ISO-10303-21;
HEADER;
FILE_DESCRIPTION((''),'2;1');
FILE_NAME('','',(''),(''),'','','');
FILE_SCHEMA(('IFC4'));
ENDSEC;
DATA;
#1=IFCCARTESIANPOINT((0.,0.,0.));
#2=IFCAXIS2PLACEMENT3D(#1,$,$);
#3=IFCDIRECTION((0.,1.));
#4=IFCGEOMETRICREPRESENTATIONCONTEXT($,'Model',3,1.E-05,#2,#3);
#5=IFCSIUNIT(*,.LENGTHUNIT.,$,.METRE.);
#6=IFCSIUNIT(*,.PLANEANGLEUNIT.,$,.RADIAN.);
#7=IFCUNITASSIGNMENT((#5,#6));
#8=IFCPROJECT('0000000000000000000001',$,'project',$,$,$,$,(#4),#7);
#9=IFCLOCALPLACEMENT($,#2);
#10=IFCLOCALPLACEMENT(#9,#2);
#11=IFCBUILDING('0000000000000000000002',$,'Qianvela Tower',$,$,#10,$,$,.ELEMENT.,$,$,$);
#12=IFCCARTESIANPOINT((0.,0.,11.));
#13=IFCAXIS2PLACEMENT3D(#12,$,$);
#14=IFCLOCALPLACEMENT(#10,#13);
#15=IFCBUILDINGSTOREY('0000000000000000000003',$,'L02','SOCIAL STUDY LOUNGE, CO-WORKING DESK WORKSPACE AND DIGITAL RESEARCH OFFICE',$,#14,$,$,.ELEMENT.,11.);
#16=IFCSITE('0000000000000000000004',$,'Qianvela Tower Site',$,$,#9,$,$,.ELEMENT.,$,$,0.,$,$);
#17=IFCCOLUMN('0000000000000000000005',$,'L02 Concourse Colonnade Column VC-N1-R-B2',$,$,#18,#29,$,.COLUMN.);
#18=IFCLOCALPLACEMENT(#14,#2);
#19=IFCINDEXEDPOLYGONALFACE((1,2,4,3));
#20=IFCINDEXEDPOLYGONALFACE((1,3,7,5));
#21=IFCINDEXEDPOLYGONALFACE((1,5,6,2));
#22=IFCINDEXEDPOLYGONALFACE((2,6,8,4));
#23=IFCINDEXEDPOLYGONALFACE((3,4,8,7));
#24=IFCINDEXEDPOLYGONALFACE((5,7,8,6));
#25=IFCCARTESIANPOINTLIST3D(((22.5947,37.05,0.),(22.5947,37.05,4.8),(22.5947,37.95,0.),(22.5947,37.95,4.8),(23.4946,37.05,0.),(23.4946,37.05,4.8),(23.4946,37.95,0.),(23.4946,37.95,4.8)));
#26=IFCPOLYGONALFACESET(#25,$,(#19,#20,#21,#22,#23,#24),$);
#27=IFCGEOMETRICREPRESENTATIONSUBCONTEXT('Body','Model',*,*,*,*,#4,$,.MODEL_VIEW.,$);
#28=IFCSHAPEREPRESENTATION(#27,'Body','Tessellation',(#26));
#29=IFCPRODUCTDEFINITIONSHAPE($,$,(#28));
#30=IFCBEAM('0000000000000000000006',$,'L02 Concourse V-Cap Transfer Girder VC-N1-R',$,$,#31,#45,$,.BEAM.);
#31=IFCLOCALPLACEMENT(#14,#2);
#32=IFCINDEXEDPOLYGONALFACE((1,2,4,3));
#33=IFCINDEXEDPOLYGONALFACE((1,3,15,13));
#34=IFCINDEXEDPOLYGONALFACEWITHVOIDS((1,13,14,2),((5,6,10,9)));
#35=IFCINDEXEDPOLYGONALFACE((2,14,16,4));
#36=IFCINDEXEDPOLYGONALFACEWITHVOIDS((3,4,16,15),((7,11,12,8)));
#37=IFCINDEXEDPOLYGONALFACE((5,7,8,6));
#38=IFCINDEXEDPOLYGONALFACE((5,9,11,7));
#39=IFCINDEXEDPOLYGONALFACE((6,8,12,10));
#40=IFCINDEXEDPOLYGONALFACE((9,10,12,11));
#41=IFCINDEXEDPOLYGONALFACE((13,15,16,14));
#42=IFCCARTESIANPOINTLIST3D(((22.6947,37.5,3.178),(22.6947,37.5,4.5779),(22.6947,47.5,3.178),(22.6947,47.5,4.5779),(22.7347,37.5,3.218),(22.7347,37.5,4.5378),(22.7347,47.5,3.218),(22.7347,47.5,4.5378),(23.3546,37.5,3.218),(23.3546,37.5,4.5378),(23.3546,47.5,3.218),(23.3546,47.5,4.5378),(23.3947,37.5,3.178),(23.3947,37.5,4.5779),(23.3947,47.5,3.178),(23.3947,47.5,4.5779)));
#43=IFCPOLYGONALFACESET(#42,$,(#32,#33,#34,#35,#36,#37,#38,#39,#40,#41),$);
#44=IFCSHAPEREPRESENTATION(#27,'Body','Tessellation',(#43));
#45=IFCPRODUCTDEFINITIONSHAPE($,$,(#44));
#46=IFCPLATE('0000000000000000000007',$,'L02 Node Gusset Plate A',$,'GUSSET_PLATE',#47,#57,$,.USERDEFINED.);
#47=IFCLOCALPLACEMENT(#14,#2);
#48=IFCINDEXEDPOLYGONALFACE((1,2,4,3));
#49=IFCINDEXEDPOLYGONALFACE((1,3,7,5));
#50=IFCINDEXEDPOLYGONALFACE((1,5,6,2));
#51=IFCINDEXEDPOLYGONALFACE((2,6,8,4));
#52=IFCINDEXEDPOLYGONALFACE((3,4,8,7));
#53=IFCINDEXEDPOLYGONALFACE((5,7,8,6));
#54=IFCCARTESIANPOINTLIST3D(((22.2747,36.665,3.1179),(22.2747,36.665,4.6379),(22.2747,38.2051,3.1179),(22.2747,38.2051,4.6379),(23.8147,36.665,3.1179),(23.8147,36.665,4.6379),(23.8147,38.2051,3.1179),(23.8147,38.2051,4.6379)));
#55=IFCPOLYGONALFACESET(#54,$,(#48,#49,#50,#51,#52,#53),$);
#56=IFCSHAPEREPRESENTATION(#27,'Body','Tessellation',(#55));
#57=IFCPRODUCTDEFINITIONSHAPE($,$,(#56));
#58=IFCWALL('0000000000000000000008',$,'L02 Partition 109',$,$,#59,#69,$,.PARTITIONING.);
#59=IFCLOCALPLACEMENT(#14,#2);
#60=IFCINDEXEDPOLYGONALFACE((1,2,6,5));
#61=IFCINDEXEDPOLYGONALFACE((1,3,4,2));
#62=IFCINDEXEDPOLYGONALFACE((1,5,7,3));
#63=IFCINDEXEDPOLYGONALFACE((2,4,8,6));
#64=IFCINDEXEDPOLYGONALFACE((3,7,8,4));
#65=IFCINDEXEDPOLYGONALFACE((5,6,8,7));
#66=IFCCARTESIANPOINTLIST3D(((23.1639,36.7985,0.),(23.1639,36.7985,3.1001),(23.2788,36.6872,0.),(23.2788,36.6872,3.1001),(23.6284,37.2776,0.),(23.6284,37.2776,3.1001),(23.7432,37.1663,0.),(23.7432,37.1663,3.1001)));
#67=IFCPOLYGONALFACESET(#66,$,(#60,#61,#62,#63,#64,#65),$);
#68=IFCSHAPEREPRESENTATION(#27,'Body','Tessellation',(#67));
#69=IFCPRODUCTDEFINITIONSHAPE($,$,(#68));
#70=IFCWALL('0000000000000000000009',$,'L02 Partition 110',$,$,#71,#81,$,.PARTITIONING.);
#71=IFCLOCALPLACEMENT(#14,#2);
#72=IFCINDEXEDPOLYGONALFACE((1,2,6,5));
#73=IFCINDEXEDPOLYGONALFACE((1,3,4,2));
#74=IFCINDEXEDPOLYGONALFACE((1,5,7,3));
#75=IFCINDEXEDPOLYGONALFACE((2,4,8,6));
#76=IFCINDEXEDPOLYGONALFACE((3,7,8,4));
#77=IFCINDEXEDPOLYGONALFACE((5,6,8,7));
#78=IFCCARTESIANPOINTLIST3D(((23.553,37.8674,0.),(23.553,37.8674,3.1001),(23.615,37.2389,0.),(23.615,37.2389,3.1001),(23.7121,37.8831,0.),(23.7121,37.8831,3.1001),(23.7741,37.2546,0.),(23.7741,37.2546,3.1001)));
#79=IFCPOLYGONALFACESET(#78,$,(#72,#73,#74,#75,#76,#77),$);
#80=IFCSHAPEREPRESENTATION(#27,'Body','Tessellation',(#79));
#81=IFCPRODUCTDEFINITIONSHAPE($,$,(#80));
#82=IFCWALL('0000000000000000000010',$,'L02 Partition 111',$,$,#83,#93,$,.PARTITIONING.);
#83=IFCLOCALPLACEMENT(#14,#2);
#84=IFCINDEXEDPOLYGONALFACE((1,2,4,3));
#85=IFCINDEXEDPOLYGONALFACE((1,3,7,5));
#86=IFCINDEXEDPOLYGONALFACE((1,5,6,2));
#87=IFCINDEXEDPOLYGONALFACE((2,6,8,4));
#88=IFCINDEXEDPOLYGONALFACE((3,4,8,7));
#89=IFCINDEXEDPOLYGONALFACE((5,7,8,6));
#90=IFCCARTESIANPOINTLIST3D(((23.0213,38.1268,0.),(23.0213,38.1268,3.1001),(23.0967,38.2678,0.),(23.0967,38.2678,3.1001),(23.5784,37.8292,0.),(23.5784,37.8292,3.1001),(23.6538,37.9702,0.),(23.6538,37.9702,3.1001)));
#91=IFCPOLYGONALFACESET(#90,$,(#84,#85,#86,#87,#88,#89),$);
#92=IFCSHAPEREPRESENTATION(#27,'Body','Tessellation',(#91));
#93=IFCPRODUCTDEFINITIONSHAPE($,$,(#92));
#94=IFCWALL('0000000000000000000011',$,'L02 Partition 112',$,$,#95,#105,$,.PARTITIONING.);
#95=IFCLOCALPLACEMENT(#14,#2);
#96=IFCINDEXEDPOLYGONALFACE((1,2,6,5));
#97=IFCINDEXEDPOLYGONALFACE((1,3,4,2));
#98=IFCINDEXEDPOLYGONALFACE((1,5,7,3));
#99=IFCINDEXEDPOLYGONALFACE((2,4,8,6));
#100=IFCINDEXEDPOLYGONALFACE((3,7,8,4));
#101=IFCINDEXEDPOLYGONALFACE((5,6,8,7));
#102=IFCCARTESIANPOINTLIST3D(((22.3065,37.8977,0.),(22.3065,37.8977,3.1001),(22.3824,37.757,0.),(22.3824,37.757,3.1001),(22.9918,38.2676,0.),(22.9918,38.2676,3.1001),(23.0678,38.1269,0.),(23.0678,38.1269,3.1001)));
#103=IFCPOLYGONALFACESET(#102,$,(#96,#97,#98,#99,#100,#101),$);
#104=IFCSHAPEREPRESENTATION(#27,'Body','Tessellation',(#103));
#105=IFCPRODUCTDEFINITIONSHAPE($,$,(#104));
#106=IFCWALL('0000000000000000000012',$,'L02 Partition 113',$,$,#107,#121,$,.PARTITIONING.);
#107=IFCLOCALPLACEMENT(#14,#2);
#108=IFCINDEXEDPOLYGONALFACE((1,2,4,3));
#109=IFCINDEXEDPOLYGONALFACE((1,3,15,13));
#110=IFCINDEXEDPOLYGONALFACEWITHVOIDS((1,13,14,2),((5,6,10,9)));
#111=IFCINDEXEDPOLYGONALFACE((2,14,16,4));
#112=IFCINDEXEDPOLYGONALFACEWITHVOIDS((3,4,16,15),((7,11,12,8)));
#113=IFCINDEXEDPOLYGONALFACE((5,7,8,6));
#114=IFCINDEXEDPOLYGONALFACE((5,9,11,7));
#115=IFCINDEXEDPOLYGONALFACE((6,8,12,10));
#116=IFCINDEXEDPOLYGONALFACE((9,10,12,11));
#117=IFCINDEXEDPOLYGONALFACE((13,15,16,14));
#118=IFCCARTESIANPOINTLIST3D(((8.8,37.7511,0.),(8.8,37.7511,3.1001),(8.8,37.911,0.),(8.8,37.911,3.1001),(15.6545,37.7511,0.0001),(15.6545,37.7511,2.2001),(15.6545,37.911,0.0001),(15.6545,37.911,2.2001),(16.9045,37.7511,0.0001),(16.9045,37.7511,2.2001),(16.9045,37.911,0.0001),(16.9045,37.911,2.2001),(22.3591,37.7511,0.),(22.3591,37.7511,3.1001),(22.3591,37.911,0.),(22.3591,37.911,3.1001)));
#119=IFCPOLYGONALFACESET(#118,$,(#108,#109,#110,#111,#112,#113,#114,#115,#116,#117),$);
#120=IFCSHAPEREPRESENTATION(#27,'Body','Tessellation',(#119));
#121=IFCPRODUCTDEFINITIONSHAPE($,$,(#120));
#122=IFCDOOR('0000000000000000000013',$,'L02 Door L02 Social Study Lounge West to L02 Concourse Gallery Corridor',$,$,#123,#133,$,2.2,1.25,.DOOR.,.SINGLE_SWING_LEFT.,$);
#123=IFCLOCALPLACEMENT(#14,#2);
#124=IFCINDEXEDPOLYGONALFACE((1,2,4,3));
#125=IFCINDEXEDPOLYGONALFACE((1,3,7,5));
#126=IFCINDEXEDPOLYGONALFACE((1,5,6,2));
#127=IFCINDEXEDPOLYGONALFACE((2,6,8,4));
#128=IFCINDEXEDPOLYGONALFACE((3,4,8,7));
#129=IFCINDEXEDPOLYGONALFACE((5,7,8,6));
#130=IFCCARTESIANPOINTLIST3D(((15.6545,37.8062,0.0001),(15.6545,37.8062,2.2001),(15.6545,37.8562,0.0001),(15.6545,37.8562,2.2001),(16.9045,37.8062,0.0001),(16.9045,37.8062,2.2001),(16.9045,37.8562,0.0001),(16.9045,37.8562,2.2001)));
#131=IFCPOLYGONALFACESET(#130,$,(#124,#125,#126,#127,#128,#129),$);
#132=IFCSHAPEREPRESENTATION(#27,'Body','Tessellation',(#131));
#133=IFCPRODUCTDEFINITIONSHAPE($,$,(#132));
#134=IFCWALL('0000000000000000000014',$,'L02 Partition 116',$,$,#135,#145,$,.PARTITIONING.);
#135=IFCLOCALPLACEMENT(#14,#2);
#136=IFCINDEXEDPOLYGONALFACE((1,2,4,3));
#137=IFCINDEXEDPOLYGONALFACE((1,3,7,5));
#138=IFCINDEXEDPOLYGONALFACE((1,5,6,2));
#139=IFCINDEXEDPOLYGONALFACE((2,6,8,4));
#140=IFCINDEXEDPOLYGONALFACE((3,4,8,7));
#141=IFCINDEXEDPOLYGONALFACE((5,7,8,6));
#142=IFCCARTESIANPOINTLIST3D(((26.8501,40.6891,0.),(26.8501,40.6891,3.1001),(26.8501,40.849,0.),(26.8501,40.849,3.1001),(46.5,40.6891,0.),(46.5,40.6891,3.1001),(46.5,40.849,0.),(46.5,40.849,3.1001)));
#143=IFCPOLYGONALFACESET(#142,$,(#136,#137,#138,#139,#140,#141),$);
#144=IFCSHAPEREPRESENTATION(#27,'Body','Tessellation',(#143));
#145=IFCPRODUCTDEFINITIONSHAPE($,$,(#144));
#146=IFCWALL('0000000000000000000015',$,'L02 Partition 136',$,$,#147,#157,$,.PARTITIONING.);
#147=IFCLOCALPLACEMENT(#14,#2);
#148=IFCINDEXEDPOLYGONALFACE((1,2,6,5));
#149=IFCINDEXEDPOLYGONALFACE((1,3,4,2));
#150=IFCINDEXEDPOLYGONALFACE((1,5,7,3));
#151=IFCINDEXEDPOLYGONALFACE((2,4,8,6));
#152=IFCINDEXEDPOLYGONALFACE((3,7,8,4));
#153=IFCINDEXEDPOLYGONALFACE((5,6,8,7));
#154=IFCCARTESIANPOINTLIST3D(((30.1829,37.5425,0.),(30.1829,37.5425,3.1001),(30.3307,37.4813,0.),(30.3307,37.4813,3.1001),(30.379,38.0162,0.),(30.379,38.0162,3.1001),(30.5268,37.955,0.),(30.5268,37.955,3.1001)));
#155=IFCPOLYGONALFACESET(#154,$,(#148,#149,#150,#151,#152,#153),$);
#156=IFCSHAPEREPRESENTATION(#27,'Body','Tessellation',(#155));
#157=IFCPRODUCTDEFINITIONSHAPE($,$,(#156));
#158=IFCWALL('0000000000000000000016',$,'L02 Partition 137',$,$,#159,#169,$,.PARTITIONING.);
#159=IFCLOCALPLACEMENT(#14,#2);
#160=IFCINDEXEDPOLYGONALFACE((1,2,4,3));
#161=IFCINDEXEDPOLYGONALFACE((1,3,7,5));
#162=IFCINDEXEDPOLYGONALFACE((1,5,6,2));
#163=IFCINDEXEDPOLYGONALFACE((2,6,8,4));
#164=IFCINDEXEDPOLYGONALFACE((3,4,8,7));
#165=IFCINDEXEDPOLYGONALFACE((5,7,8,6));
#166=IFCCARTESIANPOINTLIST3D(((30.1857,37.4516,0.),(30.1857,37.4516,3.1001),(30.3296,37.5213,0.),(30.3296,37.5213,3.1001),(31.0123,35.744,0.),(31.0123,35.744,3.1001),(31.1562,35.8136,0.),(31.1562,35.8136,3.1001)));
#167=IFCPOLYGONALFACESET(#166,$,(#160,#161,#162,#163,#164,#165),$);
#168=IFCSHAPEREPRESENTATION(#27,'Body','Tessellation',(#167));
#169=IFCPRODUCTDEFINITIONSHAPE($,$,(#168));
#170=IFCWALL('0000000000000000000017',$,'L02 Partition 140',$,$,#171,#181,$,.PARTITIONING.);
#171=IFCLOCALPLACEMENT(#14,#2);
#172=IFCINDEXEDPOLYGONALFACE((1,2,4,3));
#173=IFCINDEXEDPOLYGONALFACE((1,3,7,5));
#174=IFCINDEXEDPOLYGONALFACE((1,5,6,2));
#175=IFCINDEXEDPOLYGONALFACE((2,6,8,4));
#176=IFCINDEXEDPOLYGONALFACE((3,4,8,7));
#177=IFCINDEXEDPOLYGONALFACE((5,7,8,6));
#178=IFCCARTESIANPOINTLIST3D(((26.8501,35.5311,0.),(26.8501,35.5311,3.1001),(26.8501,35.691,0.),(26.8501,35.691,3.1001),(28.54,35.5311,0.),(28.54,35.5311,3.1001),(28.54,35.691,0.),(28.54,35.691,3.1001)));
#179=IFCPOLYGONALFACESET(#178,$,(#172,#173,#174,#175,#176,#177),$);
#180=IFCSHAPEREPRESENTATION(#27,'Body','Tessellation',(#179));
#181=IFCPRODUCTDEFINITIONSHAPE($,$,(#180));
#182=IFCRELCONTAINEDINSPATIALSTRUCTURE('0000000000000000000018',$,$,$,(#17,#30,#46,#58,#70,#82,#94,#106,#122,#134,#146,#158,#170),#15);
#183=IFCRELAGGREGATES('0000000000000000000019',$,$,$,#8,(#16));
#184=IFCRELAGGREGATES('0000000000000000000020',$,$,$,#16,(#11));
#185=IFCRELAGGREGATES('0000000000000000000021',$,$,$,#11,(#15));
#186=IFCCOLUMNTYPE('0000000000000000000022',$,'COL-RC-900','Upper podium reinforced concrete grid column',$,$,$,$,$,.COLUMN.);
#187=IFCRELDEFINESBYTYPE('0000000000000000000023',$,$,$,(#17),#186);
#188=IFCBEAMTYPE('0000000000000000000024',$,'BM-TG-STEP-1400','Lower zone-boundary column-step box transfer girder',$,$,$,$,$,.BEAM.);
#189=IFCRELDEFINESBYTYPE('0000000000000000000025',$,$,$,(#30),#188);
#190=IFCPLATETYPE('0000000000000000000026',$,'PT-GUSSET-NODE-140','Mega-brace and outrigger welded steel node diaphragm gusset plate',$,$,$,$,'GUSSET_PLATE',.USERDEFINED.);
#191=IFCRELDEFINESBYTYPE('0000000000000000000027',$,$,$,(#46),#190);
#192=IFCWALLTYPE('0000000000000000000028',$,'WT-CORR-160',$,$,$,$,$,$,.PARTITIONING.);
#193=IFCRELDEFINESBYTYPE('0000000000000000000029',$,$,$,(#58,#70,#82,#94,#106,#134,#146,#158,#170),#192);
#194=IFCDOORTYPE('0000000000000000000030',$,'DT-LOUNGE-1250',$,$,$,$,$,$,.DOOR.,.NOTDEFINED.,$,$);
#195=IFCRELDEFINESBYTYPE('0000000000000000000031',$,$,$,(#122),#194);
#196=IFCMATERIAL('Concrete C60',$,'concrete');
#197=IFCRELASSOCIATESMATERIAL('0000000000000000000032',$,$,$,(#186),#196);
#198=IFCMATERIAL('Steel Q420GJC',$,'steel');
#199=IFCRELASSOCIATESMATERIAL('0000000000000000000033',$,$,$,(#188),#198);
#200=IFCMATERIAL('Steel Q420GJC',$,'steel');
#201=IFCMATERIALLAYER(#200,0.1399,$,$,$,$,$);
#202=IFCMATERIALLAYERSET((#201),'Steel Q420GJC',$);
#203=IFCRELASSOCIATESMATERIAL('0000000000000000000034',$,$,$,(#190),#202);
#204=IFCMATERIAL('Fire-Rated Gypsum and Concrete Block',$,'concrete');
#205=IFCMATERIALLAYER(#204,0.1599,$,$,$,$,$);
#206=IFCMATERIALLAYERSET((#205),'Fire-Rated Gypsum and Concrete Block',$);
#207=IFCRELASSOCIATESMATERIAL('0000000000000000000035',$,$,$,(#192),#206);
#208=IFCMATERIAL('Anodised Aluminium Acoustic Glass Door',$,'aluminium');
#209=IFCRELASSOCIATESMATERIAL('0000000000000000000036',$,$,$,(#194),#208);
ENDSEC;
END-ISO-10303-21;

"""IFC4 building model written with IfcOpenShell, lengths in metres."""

from ifc_helpers import new_model, si_unit, direction, frame, frame_2d, origin, origin_2d, place, context, subcontext, project, spatial, rectangle, hollow_rectangle, extrude, material, layer, layer_set, material_profile, profile_set, type_object, element, fill, save


model = new_model("IFC4")

# Units and contexts
model_context = context("Model", 3, precision=1e-05, world=origin(), true_north=direction((0.0, 1.0)))
body_context = subcontext(model_context, "Body", "Model", "MODEL_VIEW")
ifc_project = project(units=[si_unit("LENGTHUNIT", "METRE"), si_unit("PLANEANGLEUNIT", "RADIAN")], contexts=[model_context])

# Site, building, storey
site_placement = place(None, origin())
site = spatial("IfcSite", under=ifc_project, at=site_placement, Name="Qianvela Tower Site", CompositionType="ELEMENT", RefElevation=0.0)
building_placement = place(site_placement, origin())
building = spatial("IfcBuilding", under=site, at=building_placement, Name="Qianvela Tower", CompositionType="ELEMENT")
storey_placement = place(building_placement, frame((0.0, 0.0, 11.0)))
storey = spatial("IfcBuildingStorey", under=building, at=storey_placement, Name="L02", Description="SOCIAL STUDY LOUNGE, CO-WORKING DESK WORKSPACE AND DIGITAL RESEARCH OFFICE", CompositionType="ELEMENT", Elevation=11.0)

# Column
ifc_material_1 = material(Name="Concrete C60", Category="concrete")
ifc_material_profile_1 = material_profile(ifc_material_1, rectangle(XDim=0.8999, YDim=0.8999, at=origin_2d()), Name="RC-COL-900x900")
ifc_profile_set_1 = profile_set([ifc_material_profile_1], Name="Concrete C60")
column_type = type_object("IfcColumnType", Name="COL-RC-900", Description="Upper podium reinforced concrete grid column", PredefinedType="COLUMN", material=ifc_profile_set_1)
column_placement = place(storey_placement, frame((23.0447, 37.5, 0.0), z_axis=(0.0, 0.0, 1.0), x_axis=(1.0, 0.0, 0.0)))
element("IfcColumn", 1, at=column_placement, inside=storey, type_object=column_type, Name="L02 Concourse Colonnade Column VC-N1-R-B2", PredefinedType="COLUMN", context=body_context, shape_type="SweptSolid", body=[
    extrude(rectangle(XDim=0.8999, YDim=0.8999, at=origin_2d()), origin(), (0.0, 0.0, 1.0), 4.8),
])

# Beam
ifc_material_2 = material(Name="Steel Q420GJC", Category="steel")
ifc_material_profile_2 = material_profile(ifc_material_2, hollow_rectangle(XDim=0.7, YDim=1.3999, WallThickness=0.04, at=origin_2d()), Name="TG-BOX-1400x700x40")
ifc_profile_set_2 = profile_set([ifc_material_profile_2], Name="Steel Q420GJC")
beam_type = type_object("IfcBeamType", Name="BM-TG-STEP-1400", Description="Lower zone-boundary column-step box transfer girder", PredefinedType="BEAM", material=ifc_profile_set_2)
beam_placement = place(storey_placement, frame((23.0447, 37.5, 3.8779), z_axis=(0.0, 1.0, 0.0), x_axis=(-1.0, 0.0, 0.0)))
element("IfcBeam", 2, at=beam_placement, inside=storey, type_object=beam_type, Name="L02 Concourse V-Cap Transfer Girder VC-N1-R", PredefinedType="BEAM", context=body_context, shape_type="SweptSolid", body=[
    extrude(hollow_rectangle(XDim=0.7, YDim=1.3999, WallThickness=0.04, at=origin_2d()), origin(), (0.0, 0.0, 1.0), 10.0),
])

# Plate
ifc_material_3 = material(Name="Steel Q420GJC", Category="steel")
ifc_layer_1 = layer(ifc_material_3, 0.1399)
ifc_layer_set_1 = layer_set([ifc_layer_1], Name="Steel Q420GJC")
plate_type = type_object("IfcPlateType", Name="PT-GUSSET-NODE-140", Description="Mega-brace and outrigger welded steel node diaphragm gusset plate", ElementType="GUSSET_PLATE", PredefinedType="USERDEFINED", material=ifc_layer_set_1)
plate_placement = place(storey_placement, frame((23.0447, 37.4351, 3.1179), z_axis=(0.0, 0.0, 1.0), x_axis=(1.0, 0.0, 0.0)))
element("IfcPlate", 3, at=plate_placement, inside=storey, type_object=plate_type, Name="L02 Node Gusset Plate A", ObjectType="GUSSET_PLATE", PredefinedType="USERDEFINED", context=body_context, shape_type="SweptSolid", body=[
    extrude(rectangle(XDim=1.54, YDim=1.54, at=origin_2d()), origin(), (0.0, 0.0, 1.0), 1.52),
])

# Shared definitions
ifc_material_4 = material(Name="Fire-Rated Gypsum and Concrete Block", Category="concrete")
ifc_layer_2 = layer(ifc_material_4, 0.1599)
ifc_layer_set_2 = layer_set([ifc_layer_2], Name="Fire-Rated Gypsum and Concrete Block")
wall_type_1 = type_object("IfcWallType", Name="WT-CORR-160", PredefinedType="PARTITIONING", material=ifc_layer_set_2)

# Walls
wall_1_placement = place(storey_placement, frame((23.2214, 36.7429, 0.0), z_axis=(0.0, 0.0, 1.0), x_axis=(0.696043, 0.718, 0.0)))
element("IfcWall", 4, at=wall_1_placement, inside=storey, type_object=wall_type_1, Name="L02 Partition 109", PredefinedType="PARTITIONING", context=body_context, shape_type="SweptSolid", body=[
    extrude(rectangle(XDim=0.6672, YDim=0.1599, at=frame_2d((0.3335, 0.0))), origin(), (0.0, 0.0, 1.0), 3.1001),
])
for number, where, z_axis, x_axis, name in (
    (5, (23.6946, 37.2466, 0.0), (0.0, 0.0, 1.0), (-0.098164, 0.99517, 0.0), "L02 Partition 110"),
    (6, (23.6162, 37.8997, 0.0), (0.0, 0.0, 1.0), (-0.882042, 0.47117, 0.0), "L02 Partition 111"),
):
    element("IfcWall", number, at=place(storey_placement, frame(where, z_axis=z_axis, x_axis=x_axis)), inside=storey, type_object=wall_type_1, Name=name, PredefinedType="PARTITIONING", context=body_context, shape_type="SweptSolid", body=[
        extrude(rectangle(XDim=0.6316, YDim=0.1599, at=frame_2d((0.3159, 0.0))), origin(), (0.0, 0.0, 1.0), 3.1001),
    ])
wall_2_placement = place(storey_placement, frame((23.0298, 38.1973, 0.0), z_axis=(0.0, 0.0, 1.0), x_axis=(-0.880008, -0.47496, 0.0)))
element("IfcWall", 7, at=wall_2_placement, inside=storey, type_object=wall_type_1, Name="L02 Partition 112", PredefinedType="PARTITIONING", context=body_context, shape_type="SweptSolid", body=[
    extrude(rectangle(XDim=0.7788, YDim=0.1599, at=frame_2d((0.3894, 0.0))), origin(), (0.0, 0.0, 1.0), 3.1001),
])

# Wall, opening, door
wall_3_placement = place(storey_placement, frame((22.3591, 37.8311, 0.0), z_axis=(0.0, 0.0, 1.0), x_axis=(-1.0, 0.0, 0.0)))
wall_3 = element("IfcWall", 8, at=wall_3_placement, inside=storey, type_object=wall_type_1, Name="L02 Partition 113", PredefinedType="PARTITIONING", context=body_context, shape_type="SweptSolid", body=[
    extrude(rectangle(XDim=13.5591, YDim=0.1599, at=frame_2d((6.7795, 0.0))), origin(), (0.0, 0.0, 1.0), 3.1001),
])
opening_1_placement = place(wall_3_placement, frame((5.4546, 0.0, 0.0)))
opening_1 = element("IfcOpeningElement", 9, at=opening_1_placement, cuts=wall_3, PredefinedType="OPENING", context=body_context, shape_type="SweptSolid", body=[
    extrude(rectangle(XDim=1.25, YDim=2.2, at=frame_2d((0.625, 1.1001))), frame((0.0, 0.0898, 0.0), z_axis=(0.0, -1.0, 0.0), x_axis=(1.0, 0.0, 0.0)), (0.0, 0.0, 1.0), 0.1799),
])
ifc_material_5 = material(Name="Anodised Aluminium Acoustic Glass Door", Category="aluminium")
door_type_1 = type_object("IfcDoorType", Name="DT-LOUNGE-1250", OperationType="NOTDEFINED", PredefinedType="DOOR", material=ifc_material_5)
door_1_placement = place(opening_1_placement, origin())
door_1 = element("IfcDoor", 10, at=door_1_placement, inside=storey, type_object=door_type_1, Name="L02 Door L02 Social Study Lounge West to L02 Concourse Gallery Corridor", OperationType="SINGLE_SWING_LEFT", OverallHeight=2.2, OverallWidth=1.25, PredefinedType="DOOR", context=body_context, shape_type="SweptSolid", body=[
    extrude(rectangle(XDim=1.25, YDim=2.2, at=frame_2d((0.625, 1.1001))), frame((0.0, 0.0249, 0.0), z_axis=(0.0, -1.0, 0.0), x_axis=(1.0, 0.0, 0.0)), (0.0, 0.0, 1.0), 0.05),
])
fill(opening_1, door_1)

# Walls
wall_4_placement = place(storey_placement, frame((26.8501, 40.769, 0.0), z_axis=(0.0, 0.0, 1.0), x_axis=(1.0, 0.0, 0.0)))
element("IfcWall", 11, at=wall_4_placement, inside=storey, type_object=wall_type_1, Name="L02 Partition 116", PredefinedType="PARTITIONING", context=body_context, shape_type="SweptSolid", body=[
    extrude(rectangle(XDim=19.6499, YDim=0.1599, at=frame_2d((9.825, 0.0))), origin(), (0.0, 0.0, 1.0), 3.1001),
])
wall_5_placement = place(storey_placement, frame((30.4529, 37.9856, 0.0), z_axis=(0.0, 0.0, 1.0), x_axis=(-0.38245, -0.923976, 0.0)))
element("IfcWall", 12, at=wall_5_placement, inside=storey, type_object=wall_type_1, Name="L02 Partition 136", PredefinedType="PARTITIONING", context=body_context, shape_type="SweptSolid", body=[
    extrude(rectangle(XDim=0.5127, YDim=0.1599, at=frame_2d((0.2563, 0.0))), origin(), (0.0, 0.0, 1.0), 3.1001),
])
wall_6_placement = place(storey_placement, frame((30.2576, 37.4866, 0.0), z_axis=(0.0, 0.0, 1.0), x_axis=(0.435699, -0.900093, 0.0)))
element("IfcWall", 13, at=wall_6_placement, inside=storey, type_object=wall_type_1, Name="L02 Partition 137", PredefinedType="PARTITIONING", context=body_context, shape_type="SweptSolid", body=[
    extrude(rectangle(XDim=1.8972, YDim=0.1599, at=frame_2d((0.9487, 0.0))), origin(), (0.0, 0.0, 1.0), 3.1001),
])
wall_7_placement = place(storey_placement, frame((28.54, 35.6111, 0.0), z_axis=(0.0, 0.0, 1.0), x_axis=(-1.0, 0.0, 0.0)))
element("IfcWall", 14, at=wall_7_placement, inside=storey, type_object=wall_type_1, Name="L02 Partition 140", PredefinedType="PARTITIONING", context=body_context, shape_type="SweptSolid", body=[
    extrude(rectangle(XDim=1.6899, YDim=0.1599, at=frame_2d((0.845, 0.0))), origin(), (0.0, 0.0, 1.0), 3.1001),
])

save(model, "model.ifc")
